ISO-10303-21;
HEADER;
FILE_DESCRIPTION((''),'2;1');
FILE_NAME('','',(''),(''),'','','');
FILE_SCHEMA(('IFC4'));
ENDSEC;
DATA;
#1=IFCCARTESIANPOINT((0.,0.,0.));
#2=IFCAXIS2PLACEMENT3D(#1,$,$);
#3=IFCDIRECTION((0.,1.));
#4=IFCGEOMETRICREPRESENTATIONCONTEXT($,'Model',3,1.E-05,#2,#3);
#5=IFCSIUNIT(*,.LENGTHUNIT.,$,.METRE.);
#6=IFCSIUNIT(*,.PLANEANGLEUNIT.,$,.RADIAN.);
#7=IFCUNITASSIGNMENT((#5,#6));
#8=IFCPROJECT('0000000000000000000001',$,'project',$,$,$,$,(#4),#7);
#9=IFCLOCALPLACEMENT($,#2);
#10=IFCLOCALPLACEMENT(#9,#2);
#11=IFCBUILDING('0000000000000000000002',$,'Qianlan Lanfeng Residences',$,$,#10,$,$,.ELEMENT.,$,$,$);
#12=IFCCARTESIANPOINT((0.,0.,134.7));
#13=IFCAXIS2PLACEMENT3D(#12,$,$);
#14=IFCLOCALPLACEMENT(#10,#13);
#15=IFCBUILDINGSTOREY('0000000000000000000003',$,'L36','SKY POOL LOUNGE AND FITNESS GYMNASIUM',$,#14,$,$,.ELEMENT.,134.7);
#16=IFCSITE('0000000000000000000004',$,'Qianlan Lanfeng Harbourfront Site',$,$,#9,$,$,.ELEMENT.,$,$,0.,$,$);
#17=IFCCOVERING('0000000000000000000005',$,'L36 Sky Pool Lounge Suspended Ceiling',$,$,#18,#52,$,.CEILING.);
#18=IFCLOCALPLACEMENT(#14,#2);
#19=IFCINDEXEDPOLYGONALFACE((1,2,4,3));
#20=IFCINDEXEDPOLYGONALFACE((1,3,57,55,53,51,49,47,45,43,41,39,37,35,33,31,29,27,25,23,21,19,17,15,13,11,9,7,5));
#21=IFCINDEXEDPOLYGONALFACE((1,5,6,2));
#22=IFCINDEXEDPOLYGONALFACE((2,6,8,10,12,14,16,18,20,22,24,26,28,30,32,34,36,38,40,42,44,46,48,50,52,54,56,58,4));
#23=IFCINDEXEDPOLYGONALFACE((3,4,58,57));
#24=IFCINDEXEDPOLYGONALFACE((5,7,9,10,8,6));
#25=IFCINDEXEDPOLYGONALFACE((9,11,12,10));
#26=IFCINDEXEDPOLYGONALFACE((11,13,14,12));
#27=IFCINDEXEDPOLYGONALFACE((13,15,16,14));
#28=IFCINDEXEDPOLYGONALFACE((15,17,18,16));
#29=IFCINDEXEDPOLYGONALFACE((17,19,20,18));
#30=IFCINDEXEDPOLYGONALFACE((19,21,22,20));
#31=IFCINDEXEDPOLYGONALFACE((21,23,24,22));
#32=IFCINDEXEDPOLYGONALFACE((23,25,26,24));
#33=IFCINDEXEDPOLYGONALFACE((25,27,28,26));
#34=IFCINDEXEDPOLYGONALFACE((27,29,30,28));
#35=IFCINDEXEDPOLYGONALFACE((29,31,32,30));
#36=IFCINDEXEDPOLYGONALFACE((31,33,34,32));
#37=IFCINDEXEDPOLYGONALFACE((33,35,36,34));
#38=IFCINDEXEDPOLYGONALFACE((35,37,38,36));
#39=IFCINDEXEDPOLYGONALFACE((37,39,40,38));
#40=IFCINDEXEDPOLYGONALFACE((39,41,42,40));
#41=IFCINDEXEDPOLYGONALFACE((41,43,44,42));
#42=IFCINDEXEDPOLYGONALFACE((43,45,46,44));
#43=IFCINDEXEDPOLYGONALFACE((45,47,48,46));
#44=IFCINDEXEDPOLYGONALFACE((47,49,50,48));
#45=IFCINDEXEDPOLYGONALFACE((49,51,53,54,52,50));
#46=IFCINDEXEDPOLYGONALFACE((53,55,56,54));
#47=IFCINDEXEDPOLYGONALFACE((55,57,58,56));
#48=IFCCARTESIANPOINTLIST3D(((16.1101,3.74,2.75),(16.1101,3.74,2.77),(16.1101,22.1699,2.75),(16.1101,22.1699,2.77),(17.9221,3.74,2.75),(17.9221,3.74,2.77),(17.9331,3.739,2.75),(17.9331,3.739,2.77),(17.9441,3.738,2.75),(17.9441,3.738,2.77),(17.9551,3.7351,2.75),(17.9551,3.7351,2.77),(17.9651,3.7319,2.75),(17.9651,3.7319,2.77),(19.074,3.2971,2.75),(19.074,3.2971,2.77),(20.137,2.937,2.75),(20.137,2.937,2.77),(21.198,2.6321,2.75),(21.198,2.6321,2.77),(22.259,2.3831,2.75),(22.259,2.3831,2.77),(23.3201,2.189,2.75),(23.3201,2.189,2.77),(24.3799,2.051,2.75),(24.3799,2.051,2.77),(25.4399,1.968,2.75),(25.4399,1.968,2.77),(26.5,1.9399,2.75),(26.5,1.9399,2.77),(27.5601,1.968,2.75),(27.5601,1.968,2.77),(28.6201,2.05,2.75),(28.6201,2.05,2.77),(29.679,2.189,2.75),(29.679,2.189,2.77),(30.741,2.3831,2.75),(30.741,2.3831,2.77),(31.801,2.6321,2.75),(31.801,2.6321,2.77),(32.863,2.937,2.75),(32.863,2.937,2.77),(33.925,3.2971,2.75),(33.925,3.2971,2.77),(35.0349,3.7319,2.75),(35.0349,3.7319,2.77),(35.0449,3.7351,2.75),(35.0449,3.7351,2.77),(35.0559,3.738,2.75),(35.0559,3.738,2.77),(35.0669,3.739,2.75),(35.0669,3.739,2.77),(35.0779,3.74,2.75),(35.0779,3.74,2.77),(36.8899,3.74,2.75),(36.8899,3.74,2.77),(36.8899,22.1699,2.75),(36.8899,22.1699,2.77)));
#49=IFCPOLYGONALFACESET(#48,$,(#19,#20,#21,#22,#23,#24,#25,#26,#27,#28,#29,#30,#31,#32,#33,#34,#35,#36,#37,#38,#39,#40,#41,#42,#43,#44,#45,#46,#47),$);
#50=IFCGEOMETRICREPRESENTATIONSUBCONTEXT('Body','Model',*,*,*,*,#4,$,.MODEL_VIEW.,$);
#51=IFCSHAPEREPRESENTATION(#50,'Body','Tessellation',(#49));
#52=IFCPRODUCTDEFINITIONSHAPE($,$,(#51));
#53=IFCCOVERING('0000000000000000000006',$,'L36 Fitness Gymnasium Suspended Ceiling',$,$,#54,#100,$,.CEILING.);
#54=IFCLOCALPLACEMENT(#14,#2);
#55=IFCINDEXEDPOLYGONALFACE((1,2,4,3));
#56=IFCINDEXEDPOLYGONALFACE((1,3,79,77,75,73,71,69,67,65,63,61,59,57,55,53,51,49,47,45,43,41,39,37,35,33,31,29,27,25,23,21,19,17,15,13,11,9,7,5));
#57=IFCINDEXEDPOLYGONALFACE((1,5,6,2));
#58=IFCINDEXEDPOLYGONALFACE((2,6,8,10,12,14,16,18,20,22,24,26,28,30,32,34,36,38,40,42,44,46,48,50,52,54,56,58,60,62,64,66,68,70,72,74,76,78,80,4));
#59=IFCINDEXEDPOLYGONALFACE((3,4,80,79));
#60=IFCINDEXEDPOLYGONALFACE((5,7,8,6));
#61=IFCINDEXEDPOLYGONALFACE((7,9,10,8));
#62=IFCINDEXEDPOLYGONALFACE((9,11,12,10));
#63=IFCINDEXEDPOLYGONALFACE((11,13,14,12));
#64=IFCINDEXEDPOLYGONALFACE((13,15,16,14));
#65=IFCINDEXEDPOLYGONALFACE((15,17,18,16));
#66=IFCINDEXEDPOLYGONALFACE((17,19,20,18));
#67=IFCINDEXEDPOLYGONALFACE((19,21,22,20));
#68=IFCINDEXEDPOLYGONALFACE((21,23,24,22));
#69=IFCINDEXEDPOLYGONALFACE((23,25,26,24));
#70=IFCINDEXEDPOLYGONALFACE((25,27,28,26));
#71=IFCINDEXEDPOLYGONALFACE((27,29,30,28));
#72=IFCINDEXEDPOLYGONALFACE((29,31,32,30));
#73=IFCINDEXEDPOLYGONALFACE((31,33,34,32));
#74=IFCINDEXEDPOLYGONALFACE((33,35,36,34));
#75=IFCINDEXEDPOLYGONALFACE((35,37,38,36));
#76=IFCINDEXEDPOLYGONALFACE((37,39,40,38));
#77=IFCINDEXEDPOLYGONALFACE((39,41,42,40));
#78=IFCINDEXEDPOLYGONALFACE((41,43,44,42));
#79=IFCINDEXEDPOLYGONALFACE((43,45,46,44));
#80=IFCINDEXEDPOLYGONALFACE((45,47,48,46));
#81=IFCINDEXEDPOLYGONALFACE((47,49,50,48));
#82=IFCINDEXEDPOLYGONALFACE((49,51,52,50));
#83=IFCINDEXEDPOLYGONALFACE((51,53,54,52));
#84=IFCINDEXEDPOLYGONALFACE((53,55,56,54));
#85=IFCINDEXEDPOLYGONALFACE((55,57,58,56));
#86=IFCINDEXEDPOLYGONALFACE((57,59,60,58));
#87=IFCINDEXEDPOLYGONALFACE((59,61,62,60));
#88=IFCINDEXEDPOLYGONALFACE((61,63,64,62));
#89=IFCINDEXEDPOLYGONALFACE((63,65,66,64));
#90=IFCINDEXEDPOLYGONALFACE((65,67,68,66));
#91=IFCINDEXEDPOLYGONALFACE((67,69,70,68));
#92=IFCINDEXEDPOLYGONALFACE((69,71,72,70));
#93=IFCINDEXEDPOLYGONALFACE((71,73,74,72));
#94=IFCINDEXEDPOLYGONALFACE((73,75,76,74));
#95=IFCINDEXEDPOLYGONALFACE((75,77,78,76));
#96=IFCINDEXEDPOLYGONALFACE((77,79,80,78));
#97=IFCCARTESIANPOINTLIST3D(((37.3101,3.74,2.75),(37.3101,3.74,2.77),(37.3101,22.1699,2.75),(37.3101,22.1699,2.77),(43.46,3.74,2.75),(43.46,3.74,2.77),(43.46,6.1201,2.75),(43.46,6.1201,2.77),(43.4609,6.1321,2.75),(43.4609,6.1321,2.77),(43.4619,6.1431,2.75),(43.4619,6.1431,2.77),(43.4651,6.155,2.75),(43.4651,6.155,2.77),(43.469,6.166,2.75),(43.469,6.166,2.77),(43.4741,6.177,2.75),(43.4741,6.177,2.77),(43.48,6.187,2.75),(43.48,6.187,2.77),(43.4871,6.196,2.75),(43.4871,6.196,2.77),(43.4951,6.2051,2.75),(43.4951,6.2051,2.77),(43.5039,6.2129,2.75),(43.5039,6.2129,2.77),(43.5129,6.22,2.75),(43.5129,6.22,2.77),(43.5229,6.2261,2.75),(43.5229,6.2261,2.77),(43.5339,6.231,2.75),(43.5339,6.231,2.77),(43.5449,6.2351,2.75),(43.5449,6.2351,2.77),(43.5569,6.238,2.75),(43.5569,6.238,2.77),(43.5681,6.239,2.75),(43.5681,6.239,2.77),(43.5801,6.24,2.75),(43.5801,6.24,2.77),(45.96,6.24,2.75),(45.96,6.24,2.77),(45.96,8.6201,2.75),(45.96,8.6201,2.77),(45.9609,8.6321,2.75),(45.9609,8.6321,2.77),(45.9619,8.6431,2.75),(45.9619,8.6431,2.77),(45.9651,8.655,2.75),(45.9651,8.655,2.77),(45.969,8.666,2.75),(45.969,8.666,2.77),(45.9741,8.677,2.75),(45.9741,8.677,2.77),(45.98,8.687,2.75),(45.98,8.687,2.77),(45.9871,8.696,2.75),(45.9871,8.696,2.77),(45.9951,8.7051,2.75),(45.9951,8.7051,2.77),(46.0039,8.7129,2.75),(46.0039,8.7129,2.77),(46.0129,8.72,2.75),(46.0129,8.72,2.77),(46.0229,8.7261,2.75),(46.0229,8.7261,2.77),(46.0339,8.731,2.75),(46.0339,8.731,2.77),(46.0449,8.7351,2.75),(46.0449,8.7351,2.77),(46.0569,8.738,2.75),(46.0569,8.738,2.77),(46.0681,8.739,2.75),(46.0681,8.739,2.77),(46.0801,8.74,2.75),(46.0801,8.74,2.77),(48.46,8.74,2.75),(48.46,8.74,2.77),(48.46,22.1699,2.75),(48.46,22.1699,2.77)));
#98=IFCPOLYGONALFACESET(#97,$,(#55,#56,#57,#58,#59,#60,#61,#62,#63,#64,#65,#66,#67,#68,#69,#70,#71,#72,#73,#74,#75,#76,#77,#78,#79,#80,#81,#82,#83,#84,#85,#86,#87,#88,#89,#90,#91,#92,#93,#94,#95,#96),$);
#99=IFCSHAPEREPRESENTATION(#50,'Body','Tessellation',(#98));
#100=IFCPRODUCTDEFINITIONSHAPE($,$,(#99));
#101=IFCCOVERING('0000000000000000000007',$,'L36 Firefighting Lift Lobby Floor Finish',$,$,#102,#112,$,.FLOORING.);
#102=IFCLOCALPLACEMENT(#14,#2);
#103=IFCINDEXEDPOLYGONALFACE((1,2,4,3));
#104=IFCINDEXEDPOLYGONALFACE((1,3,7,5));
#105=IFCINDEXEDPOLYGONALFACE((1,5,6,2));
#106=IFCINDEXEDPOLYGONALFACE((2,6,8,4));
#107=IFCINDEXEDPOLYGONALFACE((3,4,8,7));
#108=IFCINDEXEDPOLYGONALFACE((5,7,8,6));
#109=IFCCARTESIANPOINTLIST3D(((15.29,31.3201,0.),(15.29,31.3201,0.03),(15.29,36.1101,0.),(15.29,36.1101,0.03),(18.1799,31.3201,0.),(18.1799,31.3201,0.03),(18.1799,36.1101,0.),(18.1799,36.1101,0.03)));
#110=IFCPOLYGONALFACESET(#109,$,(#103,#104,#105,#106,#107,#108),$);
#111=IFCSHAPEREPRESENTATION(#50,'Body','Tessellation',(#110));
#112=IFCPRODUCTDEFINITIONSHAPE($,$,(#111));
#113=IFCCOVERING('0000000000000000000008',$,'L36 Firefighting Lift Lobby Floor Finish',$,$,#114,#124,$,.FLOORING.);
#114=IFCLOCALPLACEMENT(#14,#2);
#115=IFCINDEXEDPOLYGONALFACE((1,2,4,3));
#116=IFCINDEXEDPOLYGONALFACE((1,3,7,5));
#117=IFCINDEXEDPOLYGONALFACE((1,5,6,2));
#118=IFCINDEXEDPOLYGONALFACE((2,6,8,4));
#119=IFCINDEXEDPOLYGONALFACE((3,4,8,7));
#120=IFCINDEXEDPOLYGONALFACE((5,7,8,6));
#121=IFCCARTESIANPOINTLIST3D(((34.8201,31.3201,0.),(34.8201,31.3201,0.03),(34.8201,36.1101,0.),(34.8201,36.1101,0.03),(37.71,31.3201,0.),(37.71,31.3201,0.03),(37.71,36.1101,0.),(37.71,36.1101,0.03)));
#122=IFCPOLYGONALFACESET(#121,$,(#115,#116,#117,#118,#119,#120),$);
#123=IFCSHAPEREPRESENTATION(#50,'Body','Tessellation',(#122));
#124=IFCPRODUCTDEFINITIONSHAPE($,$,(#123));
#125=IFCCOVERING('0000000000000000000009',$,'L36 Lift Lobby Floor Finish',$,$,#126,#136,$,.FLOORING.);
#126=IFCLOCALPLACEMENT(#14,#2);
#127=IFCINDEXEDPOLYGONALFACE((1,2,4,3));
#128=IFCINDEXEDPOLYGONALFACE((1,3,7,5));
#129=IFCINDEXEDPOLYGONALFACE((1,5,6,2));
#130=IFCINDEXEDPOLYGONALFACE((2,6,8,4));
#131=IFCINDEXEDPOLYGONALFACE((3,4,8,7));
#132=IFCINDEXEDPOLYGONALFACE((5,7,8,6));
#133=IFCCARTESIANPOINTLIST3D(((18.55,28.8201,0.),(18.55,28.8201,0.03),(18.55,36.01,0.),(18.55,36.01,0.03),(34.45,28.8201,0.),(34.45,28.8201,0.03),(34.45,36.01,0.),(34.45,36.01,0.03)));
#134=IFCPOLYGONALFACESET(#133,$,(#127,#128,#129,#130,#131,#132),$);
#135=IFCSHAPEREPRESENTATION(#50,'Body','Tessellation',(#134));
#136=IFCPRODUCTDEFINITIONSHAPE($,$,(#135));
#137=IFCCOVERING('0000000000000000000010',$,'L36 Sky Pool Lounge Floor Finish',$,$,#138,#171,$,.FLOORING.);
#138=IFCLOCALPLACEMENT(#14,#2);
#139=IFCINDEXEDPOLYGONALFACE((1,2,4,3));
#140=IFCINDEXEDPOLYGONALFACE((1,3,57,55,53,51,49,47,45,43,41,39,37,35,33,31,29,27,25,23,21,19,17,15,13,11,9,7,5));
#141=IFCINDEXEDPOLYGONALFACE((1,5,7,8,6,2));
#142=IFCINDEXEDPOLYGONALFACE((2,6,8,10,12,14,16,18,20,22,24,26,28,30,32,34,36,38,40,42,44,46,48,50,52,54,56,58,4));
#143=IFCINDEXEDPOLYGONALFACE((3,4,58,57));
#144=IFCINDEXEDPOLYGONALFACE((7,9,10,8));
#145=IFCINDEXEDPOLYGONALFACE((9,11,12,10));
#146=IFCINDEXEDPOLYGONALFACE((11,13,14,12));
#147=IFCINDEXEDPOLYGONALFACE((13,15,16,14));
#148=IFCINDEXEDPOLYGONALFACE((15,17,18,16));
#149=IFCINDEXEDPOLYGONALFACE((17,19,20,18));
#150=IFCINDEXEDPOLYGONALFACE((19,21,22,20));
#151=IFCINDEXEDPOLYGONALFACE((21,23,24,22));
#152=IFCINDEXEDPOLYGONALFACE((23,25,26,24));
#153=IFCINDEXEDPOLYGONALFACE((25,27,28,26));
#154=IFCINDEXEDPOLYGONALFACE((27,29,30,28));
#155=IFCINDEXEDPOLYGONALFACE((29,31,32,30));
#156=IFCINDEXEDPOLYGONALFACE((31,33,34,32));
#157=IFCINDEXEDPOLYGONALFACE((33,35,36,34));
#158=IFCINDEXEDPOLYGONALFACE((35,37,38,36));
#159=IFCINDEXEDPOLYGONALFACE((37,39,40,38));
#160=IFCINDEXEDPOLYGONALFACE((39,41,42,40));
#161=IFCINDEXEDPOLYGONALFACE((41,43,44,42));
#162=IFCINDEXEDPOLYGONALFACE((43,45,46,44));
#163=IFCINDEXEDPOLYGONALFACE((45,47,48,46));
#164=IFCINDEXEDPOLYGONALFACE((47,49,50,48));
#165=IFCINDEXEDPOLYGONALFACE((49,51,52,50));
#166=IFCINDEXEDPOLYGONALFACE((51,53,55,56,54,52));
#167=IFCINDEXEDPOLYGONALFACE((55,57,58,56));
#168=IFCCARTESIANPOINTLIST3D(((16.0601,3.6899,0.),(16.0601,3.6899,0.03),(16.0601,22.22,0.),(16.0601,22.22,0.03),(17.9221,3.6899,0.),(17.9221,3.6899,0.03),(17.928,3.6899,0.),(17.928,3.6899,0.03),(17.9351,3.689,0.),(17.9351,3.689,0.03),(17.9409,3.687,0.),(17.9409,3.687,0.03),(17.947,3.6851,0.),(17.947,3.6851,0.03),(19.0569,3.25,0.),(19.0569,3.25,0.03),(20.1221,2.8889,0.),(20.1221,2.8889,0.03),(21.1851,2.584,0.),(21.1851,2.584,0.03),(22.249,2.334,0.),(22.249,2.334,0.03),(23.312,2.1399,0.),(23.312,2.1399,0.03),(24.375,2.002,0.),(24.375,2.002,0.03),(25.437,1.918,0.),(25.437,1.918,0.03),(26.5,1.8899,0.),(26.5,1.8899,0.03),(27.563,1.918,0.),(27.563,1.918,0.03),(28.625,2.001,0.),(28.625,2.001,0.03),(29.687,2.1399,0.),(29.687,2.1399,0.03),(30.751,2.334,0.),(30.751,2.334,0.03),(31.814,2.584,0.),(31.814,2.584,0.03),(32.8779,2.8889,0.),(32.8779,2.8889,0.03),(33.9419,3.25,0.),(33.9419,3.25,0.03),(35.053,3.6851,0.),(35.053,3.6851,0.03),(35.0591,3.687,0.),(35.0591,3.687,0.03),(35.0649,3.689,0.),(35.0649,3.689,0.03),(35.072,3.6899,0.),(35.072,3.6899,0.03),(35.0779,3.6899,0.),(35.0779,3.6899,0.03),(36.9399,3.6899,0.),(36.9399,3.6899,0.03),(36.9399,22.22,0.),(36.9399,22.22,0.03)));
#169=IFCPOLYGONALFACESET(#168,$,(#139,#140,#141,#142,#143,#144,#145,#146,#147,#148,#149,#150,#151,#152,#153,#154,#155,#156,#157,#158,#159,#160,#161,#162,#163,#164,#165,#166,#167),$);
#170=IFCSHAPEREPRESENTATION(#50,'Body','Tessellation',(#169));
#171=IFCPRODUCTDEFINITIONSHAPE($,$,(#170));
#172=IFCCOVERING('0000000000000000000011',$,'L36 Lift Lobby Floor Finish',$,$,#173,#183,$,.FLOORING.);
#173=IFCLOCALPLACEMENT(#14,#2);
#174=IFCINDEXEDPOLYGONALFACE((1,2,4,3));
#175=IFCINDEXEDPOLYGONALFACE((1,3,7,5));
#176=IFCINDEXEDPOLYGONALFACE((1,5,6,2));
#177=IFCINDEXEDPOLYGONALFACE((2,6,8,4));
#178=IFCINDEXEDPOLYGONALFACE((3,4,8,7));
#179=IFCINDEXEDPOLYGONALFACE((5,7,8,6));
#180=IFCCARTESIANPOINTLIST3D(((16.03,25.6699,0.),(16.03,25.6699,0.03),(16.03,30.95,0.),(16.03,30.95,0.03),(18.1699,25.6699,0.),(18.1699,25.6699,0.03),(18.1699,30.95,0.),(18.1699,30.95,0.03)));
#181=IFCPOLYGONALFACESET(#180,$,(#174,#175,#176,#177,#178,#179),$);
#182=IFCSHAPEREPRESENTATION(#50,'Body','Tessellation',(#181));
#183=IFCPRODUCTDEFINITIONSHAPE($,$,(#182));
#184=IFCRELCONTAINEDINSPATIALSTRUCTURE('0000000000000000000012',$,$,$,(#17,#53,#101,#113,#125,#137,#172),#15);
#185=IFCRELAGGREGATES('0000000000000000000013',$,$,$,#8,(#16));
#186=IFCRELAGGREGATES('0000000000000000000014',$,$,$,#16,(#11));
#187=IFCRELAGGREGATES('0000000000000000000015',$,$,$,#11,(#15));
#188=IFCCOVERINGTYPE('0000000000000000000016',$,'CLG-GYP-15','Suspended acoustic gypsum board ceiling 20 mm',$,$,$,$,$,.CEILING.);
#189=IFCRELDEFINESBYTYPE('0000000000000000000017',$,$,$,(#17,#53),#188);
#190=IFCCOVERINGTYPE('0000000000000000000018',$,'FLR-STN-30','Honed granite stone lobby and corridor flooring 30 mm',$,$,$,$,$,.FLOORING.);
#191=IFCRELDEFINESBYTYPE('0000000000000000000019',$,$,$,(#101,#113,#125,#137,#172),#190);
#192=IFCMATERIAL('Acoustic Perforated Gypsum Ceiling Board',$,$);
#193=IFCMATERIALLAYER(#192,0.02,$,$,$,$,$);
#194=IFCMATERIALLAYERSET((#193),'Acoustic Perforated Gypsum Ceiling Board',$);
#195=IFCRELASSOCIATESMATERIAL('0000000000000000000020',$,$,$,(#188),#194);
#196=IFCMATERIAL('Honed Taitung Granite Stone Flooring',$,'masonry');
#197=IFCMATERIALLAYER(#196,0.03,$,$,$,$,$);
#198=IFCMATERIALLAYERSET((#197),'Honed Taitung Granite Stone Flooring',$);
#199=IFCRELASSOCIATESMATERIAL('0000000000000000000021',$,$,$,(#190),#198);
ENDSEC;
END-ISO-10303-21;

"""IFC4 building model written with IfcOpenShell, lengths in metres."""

from ifc_helpers import new_model, si_unit, direction, frame, origin, place, context, subcontext, project, spatial, polyline, outline, extrude, material, layer, layer_set, type_object, element, save


model = new_model("IFC4")

# Units and contexts
model_context = context("Model", 3, precision=1e-05, world=origin(), true_north=direction((0.0, 1.0)))
body_context = subcontext(model_context, "Body", "Model", "MODEL_VIEW")
ifc_project = project(units=[si_unit("LENGTHUNIT", "METRE"), si_unit("PLANEANGLEUNIT", "RADIAN")], contexts=[model_context])

# Site, building, storey
site_placement = place(None, origin())
site = spatial("IfcSite", under=ifc_project, at=site_placement, Name="Qianlan Lanfeng Harbourfront Site", CompositionType="ELEMENT", RefElevation=0.0)
building_placement = place(site_placement, origin())
building = spatial("IfcBuilding", under=site, at=building_placement, Name="Qianlan Lanfeng Residences", CompositionType="ELEMENT")
storey_placement = place(building_placement, frame((0.0, 0.0, 134.7)))
storey = spatial("IfcBuildingStorey", under=building, at=storey_placement, Name="L36", Description="SKY POOL LOUNGE AND FITNESS GYMNASIUM", CompositionType="ELEMENT", Elevation=134.7)

# Coverings
ifc_material_1 = material(Name="Acoustic Perforated Gypsum Ceiling Board")
ifc_layer_1 = layer(ifc_material_1, 0.02)
ifc_layer_set_1 = layer_set([ifc_layer_1], Name="Acoustic Perforated Gypsum Ceiling Board")
covering_type_1 = type_object("IfcCoveringType", Name="CLG-GYP-15", Description="Suspended acoustic gypsum board ceiling 20 mm", PredefinedType="CEILING", material=ifc_layer_set_1)
covering_1_placement = place(storey_placement, frame((0.0, 0.0, 2.75)))
element("IfcCovering", 1, at=covering_1_placement, inside=storey, type_object=covering_type_1, Name="L36 Sky Pool Lounge Suspended Ceiling", PredefinedType="CEILING", context=body_context, shape_type="SweptSolid", body=[
    extrude(outline(polyline([(16.1101, 22.1699), (16.1101, 3.74), (17.9221, 3.74), (17.9331, 3.739), (17.9441, 3.738), (17.9551, 3.7351), (17.9651, 3.7319), (19.074, 3.2971), (20.137, 2.937), (21.198, 2.6321), (22.259, 2.3831), (23.3201, 2.189), (24.3799, 2.051), (25.4399, 1.968), (26.5, 1.9399), (27.5601, 1.968), (28.6201, 2.05), (29.679, 2.189), (30.741, 2.3831), (31.801, 2.6321), (32.863, 2.937), (33.925, 3.2971), (35.0349, 3.7319), (35.0449, 3.7351), (35.0559, 3.738), (35.0669, 3.739), (35.0779, 3.74), (36.8899, 3.74), (36.8899, 22.1699), (16.1101, 22.1699)])), origin(), (0.0, 0.0, 1.0), 0.02),
])
covering_2_placement = place(storey_placement, frame((0.0, 0.0, 2.75)))
element("IfcCovering", 2, at=covering_2_placement, inside=storey, type_object=covering_type_1, Name="L36 Fitness Gymnasium Suspended Ceiling", PredefinedType="CEILING", context=body_context, shape_type="SweptSolid", body=[
    extrude(outline(polyline([(37.3101, 22.1699), (37.3101, 3.74), (43.46, 3.74), (43.46, 6.1201), (43.4609, 6.1321), (43.4619, 6.1431), (43.4651, 6.155), (43.469, 6.166), (43.4741, 6.177), (43.48, 6.187), (43.4871, 6.196), (43.4951, 6.2051), (43.5039, 6.2129), (43.5129, 6.22), (43.5229, 6.2261), (43.5339, 6.231), (43.5449, 6.2351), (43.5569, 6.238), (43.5681, 6.239), (43.5801, 6.24), (45.96, 6.24), (45.96, 8.6201), (45.9609, 8.6321), (45.9619, 8.6431), (45.9651, 8.655), (45.969, 8.666), (45.9741, 8.677), (45.98, 8.687), (45.9871, 8.696), (45.9951, 8.7051), (46.0039, 8.7129), (46.0129, 8.72), (46.0229, 8.7261), (46.0339, 8.731), (46.0449, 8.7351), (46.0569, 8.738), (46.0681, 8.739), (46.0801, 8.74), (48.46, 8.74), (48.46, 22.1699), (37.3101, 22.1699)])), origin(), (0.0, 0.0, 1.0), 0.02),
])
ifc_material_2 = material(Name="Honed Taitung Granite Stone Flooring", Category="masonry")
ifc_layer_2 = layer(ifc_material_2, 0.03)
ifc_layer_set_2 = layer_set([ifc_layer_2], Name="Honed Taitung Granite Stone Flooring")
covering_type_2 = type_object("IfcCoveringType", Name="FLR-STN-30", Description="Honed granite stone lobby and corridor flooring 30 mm", PredefinedType="FLOORING", material=ifc_layer_set_2)
covering_3_placement = place(storey_placement, origin())
element("IfcCovering", 3, at=covering_3_placement, inside=storey, type_object=covering_type_2, Name="L36 Firefighting Lift Lobby Floor Finish", PredefinedType="FLOORING", context=body_context, shape_type="SweptSolid", body=[
    extrude(outline(polyline([(15.29, 31.3201), (18.1799, 31.3201), (18.1799, 36.1101), (15.29, 36.1101), (15.29, 31.3201)])), origin(), (0.0, 0.0, 1.0), 0.03),
])
covering_4_placement = place(storey_placement, origin())
element("IfcCovering", 4, at=covering_4_placement, inside=storey, type_object=covering_type_2, Name="L36 Firefighting Lift Lobby Floor Finish", PredefinedType="FLOORING", context=body_context, shape_type="SweptSolid", body=[
    extrude(outline(polyline([(34.8201, 31.3201), (37.71, 31.3201), (37.71, 36.1101), (34.8201, 36.1101), (34.8201, 31.3201)])), origin(), (0.0, 0.0, 1.0), 0.03),
])
covering_5_placement = place(storey_placement, origin())
element("IfcCovering", 5, at=covering_5_placement, inside=storey, type_object=covering_type_2, Name="L36 Lift Lobby Floor Finish", PredefinedType="FLOORING", context=body_context, shape_type="SweptSolid", body=[
    extrude(outline(polyline([(18.55, 28.8201), (34.45, 28.8201), (34.45, 36.01), (18.55, 36.01), (18.55, 28.8201)])), origin(), (0.0, 0.0, 1.0), 0.03),
])
covering_6_placement = place(storey_placement, origin())
element("IfcCovering", 6, at=covering_6_placement, inside=storey, type_object=covering_type_2, Name="L36 Sky Pool Lounge Floor Finish", PredefinedType="FLOORING", context=body_context, shape_type="SweptSolid", body=[
    extrude(outline(polyline([(16.0601, 22.22), (16.0601, 3.6899), (17.9221, 3.6899), (17.928, 3.6899), (17.9351, 3.689), (17.9409, 3.687), (17.947, 3.6851), (19.0569, 3.25), (20.1221, 2.8889), (21.1851, 2.584), (22.249, 2.334), (23.312, 2.1399), (24.375, 2.002), (25.437, 1.918), (26.5, 1.8899), (27.563, 1.918), (28.625, 2.001), (29.687, 2.1399), (30.751, 2.334), (31.814, 2.584), (32.8779, 2.8889), (33.9419, 3.25), (35.053, 3.6851), (35.0591, 3.687), (35.0649, 3.689), (35.072, 3.6899), (35.0779, 3.6899), (36.9399, 3.6899), (36.9399, 22.22), (16.0601, 22.22)])), origin(), (0.0, 0.0, 1.0), 0.03),
])
covering_7_placement = place(storey_placement, origin())
element("IfcCovering", 7, at=covering_7_placement, inside=storey, type_object=covering_type_2, Name="L36 Lift Lobby Floor Finish", PredefinedType="FLOORING", context=body_context, shape_type="SweptSolid", body=[
    extrude(outline(polyline([(16.03, 25.6699), (18.1699, 25.6699), (18.1699, 30.95), (16.03, 30.95), (16.03, 25.6699)])), origin(), (0.0, 0.0, 1.0), 0.03),
])

save(model, "model.ifc")
